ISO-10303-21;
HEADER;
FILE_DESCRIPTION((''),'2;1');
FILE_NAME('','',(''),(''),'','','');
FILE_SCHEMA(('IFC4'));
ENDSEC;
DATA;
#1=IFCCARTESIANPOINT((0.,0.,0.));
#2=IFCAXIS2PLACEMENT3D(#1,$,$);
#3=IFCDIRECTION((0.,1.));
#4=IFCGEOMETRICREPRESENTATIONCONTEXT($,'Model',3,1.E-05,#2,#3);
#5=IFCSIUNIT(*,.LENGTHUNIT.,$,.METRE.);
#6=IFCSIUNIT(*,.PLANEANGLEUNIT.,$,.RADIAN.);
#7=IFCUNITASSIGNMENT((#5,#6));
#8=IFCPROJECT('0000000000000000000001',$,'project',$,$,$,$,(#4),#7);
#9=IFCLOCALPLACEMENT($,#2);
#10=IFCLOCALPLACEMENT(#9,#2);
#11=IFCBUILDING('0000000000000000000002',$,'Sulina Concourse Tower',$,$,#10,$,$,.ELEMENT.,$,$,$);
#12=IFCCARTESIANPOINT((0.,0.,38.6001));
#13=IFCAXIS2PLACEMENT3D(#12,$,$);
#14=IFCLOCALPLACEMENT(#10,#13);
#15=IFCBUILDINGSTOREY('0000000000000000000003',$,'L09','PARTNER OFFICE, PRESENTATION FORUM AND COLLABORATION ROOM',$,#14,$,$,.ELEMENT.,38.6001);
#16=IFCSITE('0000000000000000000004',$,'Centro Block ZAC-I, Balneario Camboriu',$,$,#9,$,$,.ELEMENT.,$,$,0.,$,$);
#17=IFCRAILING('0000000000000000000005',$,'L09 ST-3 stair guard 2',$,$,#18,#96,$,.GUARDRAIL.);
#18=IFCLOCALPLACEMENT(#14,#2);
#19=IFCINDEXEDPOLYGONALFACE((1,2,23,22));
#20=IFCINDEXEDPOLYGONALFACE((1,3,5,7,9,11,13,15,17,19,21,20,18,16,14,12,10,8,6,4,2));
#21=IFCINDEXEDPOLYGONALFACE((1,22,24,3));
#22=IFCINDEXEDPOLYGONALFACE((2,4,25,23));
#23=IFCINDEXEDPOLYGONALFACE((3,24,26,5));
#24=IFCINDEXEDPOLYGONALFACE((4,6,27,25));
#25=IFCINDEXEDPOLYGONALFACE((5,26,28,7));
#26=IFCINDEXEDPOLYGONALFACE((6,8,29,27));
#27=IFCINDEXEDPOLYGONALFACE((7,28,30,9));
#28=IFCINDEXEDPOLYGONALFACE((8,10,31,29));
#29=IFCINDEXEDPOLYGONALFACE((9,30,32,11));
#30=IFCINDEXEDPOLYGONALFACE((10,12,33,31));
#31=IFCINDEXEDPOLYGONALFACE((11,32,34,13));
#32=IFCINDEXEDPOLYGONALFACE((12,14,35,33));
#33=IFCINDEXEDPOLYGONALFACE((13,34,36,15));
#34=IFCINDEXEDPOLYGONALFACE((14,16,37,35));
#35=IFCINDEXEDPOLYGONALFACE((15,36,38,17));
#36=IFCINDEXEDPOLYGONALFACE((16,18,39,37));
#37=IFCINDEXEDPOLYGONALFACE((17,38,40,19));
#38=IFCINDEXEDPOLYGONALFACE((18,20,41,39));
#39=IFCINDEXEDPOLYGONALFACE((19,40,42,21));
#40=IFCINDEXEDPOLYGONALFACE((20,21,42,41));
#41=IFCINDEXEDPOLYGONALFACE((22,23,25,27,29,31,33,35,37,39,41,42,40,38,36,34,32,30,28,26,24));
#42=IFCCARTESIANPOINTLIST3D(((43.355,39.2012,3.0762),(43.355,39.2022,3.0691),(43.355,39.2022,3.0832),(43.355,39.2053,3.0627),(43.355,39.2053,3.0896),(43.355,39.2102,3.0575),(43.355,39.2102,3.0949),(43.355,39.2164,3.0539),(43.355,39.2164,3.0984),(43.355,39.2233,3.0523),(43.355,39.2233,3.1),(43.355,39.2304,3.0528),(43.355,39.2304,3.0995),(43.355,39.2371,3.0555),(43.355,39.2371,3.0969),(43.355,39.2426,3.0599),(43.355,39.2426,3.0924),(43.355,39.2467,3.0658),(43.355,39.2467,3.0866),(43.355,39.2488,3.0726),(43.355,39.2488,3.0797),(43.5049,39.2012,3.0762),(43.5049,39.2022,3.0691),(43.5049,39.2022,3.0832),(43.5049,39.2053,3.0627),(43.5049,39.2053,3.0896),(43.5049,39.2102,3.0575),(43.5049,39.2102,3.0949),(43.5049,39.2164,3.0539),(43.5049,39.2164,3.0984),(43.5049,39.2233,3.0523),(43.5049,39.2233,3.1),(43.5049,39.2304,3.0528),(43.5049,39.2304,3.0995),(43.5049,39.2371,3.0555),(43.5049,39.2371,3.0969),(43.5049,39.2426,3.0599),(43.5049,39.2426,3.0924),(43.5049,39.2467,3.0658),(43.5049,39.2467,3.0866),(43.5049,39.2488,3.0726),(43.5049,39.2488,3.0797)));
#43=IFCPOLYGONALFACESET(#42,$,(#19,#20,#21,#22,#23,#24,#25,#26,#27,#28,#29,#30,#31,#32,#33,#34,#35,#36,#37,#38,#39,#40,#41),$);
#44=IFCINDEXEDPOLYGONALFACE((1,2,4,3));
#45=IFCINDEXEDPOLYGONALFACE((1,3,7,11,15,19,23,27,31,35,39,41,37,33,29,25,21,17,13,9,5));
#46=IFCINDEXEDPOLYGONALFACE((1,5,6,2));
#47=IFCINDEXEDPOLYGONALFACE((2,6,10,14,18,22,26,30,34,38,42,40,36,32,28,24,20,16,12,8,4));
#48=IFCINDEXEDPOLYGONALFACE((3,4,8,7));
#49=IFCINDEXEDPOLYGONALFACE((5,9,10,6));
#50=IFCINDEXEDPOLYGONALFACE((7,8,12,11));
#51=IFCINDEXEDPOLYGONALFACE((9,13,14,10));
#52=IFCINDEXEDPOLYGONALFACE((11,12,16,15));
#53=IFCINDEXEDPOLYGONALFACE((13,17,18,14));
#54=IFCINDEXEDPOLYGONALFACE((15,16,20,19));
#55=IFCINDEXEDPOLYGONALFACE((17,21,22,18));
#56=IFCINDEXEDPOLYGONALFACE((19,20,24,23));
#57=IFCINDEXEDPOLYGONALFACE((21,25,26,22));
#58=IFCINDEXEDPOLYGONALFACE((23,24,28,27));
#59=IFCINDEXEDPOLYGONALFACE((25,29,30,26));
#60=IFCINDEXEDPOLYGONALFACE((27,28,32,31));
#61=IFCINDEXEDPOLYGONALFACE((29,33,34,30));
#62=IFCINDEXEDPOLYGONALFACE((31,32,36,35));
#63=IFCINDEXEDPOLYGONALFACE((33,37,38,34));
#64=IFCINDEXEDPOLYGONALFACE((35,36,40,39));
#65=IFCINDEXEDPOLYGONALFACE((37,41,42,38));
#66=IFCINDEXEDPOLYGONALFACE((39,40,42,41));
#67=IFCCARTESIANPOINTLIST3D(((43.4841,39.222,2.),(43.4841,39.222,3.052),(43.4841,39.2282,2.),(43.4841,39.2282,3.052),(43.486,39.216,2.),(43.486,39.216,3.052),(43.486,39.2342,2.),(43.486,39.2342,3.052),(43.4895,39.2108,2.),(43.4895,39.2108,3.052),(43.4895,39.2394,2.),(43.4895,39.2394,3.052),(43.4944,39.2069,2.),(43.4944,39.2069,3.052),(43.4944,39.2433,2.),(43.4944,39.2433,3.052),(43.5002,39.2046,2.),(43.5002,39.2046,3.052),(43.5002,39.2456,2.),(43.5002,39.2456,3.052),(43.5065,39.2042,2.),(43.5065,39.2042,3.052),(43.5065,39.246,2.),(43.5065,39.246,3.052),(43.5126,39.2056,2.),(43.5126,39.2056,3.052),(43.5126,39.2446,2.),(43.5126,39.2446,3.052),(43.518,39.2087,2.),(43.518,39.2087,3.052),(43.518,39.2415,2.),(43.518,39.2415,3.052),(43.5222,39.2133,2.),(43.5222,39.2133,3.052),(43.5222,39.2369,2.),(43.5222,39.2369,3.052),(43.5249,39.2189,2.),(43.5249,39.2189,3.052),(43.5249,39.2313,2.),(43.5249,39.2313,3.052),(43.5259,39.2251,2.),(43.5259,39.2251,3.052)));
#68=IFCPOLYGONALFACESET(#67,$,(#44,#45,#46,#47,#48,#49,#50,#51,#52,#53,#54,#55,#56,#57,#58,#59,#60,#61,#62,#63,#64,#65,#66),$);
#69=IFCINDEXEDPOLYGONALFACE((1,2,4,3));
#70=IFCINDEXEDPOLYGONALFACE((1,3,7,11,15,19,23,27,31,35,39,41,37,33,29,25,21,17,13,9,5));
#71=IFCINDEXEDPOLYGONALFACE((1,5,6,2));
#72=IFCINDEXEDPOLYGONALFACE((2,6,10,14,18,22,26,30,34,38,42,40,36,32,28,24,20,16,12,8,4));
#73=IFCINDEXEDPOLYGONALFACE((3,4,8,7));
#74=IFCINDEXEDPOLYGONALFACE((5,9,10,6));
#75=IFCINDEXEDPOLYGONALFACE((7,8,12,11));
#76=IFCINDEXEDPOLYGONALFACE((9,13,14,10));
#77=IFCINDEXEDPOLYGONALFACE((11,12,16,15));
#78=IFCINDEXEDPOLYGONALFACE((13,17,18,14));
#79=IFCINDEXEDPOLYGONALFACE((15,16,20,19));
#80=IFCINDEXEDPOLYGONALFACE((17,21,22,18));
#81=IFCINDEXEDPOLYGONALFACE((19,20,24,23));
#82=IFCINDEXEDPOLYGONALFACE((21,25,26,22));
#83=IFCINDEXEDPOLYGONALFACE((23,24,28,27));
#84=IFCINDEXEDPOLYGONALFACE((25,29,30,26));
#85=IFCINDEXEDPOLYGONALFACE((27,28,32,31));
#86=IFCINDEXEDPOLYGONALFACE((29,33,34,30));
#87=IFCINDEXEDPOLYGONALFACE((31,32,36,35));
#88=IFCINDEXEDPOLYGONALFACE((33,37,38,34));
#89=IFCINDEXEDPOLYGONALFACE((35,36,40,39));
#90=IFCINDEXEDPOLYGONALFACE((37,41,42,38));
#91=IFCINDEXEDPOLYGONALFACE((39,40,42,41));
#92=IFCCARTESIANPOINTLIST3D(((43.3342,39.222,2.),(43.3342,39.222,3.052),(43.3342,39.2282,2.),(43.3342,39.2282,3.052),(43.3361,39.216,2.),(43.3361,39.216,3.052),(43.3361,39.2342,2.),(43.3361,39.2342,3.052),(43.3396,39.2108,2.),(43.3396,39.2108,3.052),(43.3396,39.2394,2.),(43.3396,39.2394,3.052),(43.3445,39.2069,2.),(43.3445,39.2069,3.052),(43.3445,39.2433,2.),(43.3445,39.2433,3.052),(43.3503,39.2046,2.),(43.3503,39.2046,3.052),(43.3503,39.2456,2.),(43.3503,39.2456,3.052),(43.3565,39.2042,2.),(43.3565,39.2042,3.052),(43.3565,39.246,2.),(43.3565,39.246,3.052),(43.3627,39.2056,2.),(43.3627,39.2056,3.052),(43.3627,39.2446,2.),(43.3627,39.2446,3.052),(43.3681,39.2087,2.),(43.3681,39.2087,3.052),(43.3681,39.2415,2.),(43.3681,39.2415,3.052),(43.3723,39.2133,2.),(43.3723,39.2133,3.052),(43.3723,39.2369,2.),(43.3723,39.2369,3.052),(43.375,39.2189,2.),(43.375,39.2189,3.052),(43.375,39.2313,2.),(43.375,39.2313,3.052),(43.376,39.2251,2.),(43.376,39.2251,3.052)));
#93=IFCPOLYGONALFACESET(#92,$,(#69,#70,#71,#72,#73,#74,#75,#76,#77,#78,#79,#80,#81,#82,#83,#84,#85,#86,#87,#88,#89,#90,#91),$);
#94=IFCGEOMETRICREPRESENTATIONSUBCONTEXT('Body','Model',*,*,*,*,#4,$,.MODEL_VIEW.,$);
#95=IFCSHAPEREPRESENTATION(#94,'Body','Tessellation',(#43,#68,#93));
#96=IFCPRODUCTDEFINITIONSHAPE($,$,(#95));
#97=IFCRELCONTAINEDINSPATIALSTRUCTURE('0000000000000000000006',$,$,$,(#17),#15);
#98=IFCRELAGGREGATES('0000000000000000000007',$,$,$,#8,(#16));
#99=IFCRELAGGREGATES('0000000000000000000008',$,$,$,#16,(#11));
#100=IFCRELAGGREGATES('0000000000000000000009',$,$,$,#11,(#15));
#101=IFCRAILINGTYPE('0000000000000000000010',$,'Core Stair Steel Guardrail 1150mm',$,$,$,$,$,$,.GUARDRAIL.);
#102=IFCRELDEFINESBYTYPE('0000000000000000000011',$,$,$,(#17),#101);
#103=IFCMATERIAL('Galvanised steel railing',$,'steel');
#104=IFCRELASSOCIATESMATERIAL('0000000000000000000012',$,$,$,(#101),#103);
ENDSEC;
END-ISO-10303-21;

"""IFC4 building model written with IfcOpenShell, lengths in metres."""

from ifc_helpers import new_model, si_unit, direction, frame, origin, origin_2d, place, context, subcontext, project, spatial, circle, extrude, material, type_object, element, save


model = new_model("IFC4")

# Units and contexts
model_context = context("Model", 3, precision=1e-05, world=origin(), true_north=direction((0.0, 1.0)))
body_context = subcontext(model_context, "Body", "Model", "MODEL_VIEW")
ifc_project = project(units=[si_unit("LENGTHUNIT", "METRE"), si_unit("PLANEANGLEUNIT", "RADIAN")], contexts=[model_context])

# Site, building, storey
site_placement = place(None, origin())
site = spatial("IfcSite", under=ifc_project, at=site_placement, Name="Centro Block ZAC-I, Balneario Camboriu", CompositionType="ELEMENT", RefElevation=0.0)
building_placement = place(site_placement, origin())
building = spatial("IfcBuilding", under=site, at=building_placement, Name="Sulina Concourse Tower", CompositionType="ELEMENT")
storey_placement = place(building_placement, frame((0.0, 0.0, 38.6001)))
storey = spatial("IfcBuildingStorey", under=building, at=storey_placement, Name="L09", Description="PARTNER OFFICE, PRESENTATION FORUM AND COLLABORATION ROOM", CompositionType="ELEMENT", Elevation=38.6001)

# Railing
ifc_material_1 = material(Name="Galvanised steel railing", Category="steel")
railing_type_1 = type_object("IfcRailingType", Name="Core Stair Steel Guardrail 1150mm", PredefinedType="GUARDRAIL", material=ifc_material_1)
railing_1_placement = place(storey_placement, frame((43.5049, 39.2251, 2.0)))
element("IfcRailing", 1, at=railing_1_placement, inside=storey, type_object=railing_type_1, Name="L09 ST-3 stair guard 2", PredefinedType="GUARDRAIL", context=body_context, shape_type="SweptSolid", body=[
    extrude(circle(Radius=0.0239, at=origin_2d()), frame((0.0, 0.0, 1.0762), z_axis=(-1.0, 0.0, 0.0), x_axis=(0.0, -1.0, 0.0)), (0.0, 0.0, 1.0), 0.1499),
    extrude(circle(Radius=0.021, at=origin_2d()), origin(), (0.0, 0.0, 1.0), 1.052),
    extrude(circle(Radius=0.021, at=origin_2d()), frame((-0.1499, 0.0, 0.0)), (0.0, 0.0, 1.0), 1.052),
])

save(model, "model.ifc")
